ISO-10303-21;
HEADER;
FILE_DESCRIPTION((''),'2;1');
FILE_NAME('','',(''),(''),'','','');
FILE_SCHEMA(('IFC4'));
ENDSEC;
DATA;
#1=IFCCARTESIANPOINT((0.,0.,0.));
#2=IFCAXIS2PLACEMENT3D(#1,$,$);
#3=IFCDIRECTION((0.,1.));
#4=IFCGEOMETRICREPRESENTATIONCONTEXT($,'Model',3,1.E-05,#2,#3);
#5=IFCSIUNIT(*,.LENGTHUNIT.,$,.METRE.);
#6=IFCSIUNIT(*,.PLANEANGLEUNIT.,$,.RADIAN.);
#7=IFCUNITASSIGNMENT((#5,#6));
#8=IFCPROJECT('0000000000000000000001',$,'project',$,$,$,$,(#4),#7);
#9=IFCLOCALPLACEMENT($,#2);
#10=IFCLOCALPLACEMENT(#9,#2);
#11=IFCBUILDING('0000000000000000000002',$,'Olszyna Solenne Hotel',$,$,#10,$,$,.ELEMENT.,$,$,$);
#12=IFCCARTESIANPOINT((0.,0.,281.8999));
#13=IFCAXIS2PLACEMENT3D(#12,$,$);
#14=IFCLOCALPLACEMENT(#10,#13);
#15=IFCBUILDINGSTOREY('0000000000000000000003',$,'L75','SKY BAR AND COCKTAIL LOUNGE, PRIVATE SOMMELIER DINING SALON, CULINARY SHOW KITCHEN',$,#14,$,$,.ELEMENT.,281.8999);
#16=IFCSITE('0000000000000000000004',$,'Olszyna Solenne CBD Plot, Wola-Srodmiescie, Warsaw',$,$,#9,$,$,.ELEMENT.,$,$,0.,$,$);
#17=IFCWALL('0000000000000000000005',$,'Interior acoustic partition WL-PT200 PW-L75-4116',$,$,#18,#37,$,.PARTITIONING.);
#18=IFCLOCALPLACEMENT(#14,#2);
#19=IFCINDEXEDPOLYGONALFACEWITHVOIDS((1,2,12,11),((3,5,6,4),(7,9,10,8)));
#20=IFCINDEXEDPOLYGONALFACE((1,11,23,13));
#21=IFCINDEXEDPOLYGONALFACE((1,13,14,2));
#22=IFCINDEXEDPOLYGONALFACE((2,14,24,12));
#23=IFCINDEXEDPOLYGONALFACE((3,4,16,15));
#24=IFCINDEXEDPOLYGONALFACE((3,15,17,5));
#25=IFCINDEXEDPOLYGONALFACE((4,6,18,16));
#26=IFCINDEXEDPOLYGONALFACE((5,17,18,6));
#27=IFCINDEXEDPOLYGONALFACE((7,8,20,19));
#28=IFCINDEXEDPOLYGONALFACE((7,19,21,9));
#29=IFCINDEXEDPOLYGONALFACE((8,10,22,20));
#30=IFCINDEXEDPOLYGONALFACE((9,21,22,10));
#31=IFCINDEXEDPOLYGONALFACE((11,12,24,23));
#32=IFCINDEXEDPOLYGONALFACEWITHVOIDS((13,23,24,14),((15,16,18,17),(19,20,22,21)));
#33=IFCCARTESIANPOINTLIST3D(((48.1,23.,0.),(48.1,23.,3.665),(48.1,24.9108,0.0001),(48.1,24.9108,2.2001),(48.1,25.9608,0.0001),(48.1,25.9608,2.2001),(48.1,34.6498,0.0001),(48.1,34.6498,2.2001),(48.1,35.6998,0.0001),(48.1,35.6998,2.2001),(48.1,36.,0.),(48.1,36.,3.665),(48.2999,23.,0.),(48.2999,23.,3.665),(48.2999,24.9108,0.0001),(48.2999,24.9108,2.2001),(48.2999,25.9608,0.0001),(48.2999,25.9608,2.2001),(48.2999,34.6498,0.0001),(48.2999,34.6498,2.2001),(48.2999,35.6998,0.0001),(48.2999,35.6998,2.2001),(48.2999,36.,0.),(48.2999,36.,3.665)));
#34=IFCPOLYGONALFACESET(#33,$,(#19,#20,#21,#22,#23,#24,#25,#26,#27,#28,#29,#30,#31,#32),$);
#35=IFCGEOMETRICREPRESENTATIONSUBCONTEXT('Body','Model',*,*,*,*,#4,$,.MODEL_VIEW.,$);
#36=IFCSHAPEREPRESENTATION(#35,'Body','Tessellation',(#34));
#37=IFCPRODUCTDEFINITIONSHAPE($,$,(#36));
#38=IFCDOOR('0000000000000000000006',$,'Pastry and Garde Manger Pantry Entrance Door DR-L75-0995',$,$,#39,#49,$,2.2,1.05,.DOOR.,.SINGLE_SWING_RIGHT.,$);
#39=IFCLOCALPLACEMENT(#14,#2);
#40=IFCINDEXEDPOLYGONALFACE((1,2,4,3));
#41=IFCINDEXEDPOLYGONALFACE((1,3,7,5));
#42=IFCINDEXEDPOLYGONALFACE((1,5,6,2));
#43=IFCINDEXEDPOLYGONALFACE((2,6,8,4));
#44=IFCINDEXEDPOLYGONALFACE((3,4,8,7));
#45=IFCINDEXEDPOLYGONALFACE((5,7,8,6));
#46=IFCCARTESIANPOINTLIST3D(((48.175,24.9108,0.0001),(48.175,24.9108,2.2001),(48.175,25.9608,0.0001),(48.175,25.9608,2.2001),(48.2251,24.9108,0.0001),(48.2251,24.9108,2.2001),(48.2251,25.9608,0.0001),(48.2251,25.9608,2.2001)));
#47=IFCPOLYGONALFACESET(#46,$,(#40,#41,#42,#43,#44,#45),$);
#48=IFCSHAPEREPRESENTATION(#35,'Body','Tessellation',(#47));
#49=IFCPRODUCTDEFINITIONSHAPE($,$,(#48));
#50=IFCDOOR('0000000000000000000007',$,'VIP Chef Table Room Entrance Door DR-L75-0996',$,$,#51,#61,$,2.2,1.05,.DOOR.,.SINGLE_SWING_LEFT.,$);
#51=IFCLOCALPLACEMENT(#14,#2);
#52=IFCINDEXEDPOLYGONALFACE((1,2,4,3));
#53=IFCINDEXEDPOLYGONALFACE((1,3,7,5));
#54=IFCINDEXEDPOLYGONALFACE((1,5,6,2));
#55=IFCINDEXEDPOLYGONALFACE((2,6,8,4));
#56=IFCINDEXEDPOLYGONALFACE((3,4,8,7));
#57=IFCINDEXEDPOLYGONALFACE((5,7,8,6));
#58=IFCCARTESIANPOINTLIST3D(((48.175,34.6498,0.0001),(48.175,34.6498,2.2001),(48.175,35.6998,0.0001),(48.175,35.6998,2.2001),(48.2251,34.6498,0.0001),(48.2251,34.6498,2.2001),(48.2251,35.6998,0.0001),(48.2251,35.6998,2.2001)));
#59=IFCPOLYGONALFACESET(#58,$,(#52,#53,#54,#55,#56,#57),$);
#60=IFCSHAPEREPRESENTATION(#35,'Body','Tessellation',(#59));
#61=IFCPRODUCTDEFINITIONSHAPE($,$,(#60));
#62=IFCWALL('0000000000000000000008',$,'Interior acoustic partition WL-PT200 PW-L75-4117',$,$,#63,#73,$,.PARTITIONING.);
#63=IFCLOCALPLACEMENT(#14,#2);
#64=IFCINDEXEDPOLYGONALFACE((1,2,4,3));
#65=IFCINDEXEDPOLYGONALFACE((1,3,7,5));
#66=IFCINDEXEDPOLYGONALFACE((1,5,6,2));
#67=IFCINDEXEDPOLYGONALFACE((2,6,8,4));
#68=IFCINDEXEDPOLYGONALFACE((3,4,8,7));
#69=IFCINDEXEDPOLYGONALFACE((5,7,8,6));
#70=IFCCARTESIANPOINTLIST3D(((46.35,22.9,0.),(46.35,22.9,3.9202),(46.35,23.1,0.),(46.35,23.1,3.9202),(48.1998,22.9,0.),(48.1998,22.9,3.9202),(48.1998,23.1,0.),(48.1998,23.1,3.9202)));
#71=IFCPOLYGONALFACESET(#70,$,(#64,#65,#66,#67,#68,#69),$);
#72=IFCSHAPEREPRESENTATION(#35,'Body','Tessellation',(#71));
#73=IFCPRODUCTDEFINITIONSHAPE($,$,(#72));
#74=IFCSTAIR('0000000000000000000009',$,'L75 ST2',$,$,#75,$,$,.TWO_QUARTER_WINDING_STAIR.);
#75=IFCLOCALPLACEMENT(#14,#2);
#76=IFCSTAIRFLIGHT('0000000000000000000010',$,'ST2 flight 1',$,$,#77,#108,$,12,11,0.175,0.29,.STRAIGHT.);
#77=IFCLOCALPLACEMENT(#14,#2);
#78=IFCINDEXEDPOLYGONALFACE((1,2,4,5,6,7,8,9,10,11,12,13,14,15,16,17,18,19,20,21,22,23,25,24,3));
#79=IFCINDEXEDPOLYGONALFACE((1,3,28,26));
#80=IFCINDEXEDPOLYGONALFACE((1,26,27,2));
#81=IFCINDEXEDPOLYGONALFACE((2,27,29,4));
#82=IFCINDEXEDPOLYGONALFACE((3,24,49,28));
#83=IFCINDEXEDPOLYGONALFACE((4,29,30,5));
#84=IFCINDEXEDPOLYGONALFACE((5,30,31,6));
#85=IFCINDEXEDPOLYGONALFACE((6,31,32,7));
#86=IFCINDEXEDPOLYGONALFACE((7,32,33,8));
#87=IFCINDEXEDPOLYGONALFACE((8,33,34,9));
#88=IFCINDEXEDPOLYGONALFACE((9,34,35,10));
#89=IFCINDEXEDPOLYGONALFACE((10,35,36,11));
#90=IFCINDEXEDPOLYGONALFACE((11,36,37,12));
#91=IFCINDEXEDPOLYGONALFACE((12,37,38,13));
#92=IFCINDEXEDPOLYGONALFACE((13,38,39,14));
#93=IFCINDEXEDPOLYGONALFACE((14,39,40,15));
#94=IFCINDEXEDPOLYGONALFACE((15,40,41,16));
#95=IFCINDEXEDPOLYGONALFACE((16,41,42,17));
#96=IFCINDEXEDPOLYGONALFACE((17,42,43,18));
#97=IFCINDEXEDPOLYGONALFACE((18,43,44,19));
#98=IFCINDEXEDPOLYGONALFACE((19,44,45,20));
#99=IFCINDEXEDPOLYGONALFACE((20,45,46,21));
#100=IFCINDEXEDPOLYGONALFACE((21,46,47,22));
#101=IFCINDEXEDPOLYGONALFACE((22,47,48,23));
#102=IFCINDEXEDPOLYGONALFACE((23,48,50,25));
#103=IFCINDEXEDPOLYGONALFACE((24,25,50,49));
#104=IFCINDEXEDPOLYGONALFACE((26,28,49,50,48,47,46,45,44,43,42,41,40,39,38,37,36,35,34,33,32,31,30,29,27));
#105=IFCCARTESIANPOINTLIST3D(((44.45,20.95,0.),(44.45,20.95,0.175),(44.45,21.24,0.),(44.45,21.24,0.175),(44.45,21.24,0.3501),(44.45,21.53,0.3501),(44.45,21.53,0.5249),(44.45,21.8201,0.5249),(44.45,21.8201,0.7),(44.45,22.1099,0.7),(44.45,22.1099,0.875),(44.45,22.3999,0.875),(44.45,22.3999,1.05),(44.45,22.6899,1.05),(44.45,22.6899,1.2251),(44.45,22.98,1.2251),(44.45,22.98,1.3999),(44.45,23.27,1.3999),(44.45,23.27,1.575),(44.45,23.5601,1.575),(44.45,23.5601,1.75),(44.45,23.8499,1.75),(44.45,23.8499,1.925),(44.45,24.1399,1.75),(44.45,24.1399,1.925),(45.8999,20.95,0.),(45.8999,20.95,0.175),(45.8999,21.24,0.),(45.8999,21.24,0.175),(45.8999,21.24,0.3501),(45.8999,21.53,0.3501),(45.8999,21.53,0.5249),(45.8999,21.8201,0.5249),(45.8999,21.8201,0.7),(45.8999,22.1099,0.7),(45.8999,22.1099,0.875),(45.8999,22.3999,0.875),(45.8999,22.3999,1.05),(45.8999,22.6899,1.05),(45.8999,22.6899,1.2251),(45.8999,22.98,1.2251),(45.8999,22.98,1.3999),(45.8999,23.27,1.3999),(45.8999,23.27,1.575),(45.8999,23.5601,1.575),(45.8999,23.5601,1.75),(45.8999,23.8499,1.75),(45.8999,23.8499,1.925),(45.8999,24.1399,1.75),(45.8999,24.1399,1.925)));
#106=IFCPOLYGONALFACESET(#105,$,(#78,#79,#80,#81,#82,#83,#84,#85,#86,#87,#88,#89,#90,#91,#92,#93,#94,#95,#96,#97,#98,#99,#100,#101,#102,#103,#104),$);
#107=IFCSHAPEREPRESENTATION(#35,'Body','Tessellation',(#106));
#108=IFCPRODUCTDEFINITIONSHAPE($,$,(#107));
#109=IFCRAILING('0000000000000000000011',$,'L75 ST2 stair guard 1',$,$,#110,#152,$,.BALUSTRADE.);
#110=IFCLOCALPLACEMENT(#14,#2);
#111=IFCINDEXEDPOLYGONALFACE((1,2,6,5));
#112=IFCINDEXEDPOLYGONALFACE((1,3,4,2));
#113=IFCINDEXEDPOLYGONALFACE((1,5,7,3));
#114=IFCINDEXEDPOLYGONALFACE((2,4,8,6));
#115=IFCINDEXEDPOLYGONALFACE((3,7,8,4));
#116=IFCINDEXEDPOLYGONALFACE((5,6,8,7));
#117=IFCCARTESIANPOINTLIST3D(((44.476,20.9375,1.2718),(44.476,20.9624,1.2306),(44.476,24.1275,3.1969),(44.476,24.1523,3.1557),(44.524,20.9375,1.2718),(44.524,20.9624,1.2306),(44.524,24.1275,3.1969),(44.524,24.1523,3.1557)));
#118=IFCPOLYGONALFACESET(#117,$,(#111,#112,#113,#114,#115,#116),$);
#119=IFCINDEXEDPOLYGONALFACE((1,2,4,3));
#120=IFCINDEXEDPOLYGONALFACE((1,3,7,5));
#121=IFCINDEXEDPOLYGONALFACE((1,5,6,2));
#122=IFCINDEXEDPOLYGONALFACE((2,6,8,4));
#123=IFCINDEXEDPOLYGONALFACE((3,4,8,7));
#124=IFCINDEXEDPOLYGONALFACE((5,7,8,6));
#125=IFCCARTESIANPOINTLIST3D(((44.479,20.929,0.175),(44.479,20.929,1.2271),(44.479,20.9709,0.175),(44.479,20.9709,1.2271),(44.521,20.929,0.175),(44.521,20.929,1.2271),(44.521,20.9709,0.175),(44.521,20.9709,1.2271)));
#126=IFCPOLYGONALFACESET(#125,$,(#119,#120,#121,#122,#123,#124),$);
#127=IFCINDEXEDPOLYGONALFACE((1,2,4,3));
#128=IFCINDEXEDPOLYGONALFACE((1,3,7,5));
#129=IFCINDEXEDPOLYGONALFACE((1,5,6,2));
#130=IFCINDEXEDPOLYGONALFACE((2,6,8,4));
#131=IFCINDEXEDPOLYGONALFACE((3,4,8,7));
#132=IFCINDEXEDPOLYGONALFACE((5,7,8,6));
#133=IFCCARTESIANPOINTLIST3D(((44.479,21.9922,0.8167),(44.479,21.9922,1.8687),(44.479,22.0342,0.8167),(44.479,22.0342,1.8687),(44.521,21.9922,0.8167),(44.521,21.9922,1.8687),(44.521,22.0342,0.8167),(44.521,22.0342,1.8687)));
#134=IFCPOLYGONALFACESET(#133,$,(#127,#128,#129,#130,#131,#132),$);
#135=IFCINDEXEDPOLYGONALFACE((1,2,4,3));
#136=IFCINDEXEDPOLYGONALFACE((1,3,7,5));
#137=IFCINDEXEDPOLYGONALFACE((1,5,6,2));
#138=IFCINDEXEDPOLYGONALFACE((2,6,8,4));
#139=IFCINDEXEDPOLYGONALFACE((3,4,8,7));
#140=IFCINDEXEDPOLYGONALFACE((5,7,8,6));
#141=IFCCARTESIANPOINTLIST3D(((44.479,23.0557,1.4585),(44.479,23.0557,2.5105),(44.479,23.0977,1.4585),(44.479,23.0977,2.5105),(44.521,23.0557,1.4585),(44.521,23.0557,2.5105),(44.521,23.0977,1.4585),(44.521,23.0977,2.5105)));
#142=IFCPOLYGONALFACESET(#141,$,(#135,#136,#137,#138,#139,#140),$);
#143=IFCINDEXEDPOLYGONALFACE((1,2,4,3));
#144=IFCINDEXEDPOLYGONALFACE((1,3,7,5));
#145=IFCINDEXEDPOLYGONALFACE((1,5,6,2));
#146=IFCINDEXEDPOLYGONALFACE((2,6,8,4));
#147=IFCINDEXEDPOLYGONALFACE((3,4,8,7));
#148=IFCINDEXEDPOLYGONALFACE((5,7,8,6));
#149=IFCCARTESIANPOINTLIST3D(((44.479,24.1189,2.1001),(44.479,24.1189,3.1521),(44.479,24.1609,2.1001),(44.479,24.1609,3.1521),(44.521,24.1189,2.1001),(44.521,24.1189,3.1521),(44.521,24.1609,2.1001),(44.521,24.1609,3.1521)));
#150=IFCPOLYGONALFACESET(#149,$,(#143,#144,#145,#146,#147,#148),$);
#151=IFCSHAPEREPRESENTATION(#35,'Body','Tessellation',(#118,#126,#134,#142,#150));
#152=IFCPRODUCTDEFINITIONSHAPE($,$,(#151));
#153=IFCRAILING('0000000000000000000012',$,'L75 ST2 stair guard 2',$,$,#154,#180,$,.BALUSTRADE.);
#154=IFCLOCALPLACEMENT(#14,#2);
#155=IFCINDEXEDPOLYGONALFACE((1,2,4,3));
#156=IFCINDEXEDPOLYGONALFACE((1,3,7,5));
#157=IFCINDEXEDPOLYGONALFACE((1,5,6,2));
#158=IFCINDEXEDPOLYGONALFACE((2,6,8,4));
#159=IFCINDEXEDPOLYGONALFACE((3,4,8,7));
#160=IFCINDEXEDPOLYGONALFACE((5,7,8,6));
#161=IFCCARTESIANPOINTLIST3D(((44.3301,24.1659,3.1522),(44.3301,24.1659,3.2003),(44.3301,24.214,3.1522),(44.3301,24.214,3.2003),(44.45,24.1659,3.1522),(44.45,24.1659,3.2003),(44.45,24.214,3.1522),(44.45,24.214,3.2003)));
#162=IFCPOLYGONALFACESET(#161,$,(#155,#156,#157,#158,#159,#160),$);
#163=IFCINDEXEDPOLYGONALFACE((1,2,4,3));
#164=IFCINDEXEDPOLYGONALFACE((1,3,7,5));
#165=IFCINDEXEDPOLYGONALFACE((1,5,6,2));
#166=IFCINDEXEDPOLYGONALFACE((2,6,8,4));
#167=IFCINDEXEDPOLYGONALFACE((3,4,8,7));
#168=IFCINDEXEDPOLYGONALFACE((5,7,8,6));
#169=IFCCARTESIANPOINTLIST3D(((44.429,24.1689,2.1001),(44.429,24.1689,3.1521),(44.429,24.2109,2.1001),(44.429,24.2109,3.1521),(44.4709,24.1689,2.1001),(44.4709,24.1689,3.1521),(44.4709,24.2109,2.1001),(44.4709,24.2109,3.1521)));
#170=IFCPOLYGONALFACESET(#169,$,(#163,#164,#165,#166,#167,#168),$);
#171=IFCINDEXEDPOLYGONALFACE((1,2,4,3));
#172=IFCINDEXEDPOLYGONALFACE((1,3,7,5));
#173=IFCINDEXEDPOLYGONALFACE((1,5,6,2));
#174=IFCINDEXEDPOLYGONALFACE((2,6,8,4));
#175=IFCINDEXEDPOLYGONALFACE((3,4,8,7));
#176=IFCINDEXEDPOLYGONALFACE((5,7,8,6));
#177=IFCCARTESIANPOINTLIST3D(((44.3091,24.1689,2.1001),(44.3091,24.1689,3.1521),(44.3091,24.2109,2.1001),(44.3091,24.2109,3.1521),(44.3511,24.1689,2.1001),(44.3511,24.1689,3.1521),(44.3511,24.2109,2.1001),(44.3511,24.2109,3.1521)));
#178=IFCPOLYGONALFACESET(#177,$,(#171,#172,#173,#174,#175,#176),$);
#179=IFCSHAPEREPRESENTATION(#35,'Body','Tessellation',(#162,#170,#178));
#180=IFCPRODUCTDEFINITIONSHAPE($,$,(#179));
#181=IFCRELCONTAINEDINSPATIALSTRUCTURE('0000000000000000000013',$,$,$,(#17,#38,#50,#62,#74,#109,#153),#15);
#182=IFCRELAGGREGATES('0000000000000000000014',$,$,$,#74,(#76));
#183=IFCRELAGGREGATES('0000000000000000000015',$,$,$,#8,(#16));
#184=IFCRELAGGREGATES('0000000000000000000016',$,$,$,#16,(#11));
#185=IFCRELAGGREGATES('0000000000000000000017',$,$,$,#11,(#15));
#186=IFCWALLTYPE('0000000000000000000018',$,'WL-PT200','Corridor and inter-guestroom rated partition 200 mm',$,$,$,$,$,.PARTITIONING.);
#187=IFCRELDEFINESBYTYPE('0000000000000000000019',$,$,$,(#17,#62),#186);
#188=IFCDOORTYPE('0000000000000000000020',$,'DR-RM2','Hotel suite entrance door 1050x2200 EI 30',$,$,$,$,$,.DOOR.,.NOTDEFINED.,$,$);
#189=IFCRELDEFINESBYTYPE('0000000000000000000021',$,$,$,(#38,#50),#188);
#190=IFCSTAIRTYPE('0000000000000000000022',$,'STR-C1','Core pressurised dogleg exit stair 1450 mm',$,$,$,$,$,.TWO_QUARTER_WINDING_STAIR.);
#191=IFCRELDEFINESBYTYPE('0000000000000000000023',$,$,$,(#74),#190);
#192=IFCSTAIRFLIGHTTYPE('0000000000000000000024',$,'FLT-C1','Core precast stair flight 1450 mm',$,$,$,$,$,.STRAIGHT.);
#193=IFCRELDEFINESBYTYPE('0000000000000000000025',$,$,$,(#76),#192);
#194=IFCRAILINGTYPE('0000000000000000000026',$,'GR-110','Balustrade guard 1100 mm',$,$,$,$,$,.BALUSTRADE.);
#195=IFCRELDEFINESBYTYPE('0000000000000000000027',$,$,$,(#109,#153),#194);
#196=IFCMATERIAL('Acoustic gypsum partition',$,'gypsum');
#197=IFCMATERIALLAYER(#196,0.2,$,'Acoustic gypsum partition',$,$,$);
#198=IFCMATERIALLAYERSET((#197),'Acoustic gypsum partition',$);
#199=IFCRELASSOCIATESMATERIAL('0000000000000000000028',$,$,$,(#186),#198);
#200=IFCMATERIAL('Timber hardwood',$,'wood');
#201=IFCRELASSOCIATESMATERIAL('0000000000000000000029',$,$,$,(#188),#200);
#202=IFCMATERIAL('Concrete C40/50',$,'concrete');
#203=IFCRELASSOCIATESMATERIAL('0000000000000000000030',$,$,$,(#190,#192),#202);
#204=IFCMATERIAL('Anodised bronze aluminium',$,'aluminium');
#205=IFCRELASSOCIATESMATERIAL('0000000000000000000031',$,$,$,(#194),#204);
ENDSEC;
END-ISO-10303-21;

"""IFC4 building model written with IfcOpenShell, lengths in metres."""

from ifc_helpers import new_model, si_unit, direction, frame, frame_2d, origin, origin_2d, place, context, subcontext, project, spatial, polyline, rectangle, outline, extrude, source, transform, mapped, material, layer, layer_set, type_object, type_shapes, element, fill, aggregate, save


model = new_model("IFC4")

# Units and contexts
model_context = context("Model", 3, precision=1e-05, world=origin(), true_north=direction((0.0, 1.0)))
body_context = subcontext(model_context, "Body", "Model", "MODEL_VIEW")
ifc_project = project(units=[si_unit("LENGTHUNIT", "METRE"), si_unit("PLANEANGLEUNIT", "RADIAN")], contexts=[model_context])

# Site, building, storey
site_placement = place(None, origin())
site = spatial("IfcSite", under=ifc_project, at=site_placement, Name="Olszyna Solenne CBD Plot, Wola-Srodmiescie, Warsaw", CompositionType="ELEMENT", RefElevation=0.0)
building_placement = place(site_placement, origin())
building = spatial("IfcBuilding", under=site, at=building_placement, Name="Olszyna Solenne Hotel", CompositionType="ELEMENT")
storey_placement = place(building_placement, frame((0.0, 0.0, 281.8999)))
storey = spatial("IfcBuildingStorey", under=building, at=storey_placement, Name="L75", Description="SKY BAR AND COCKTAIL LOUNGE, PRIVATE SOMMELIER DINING SALON, CULINARY SHOW KITCHEN", CompositionType="ELEMENT", Elevation=281.8999)

# Shared definitions
ifc_material_1 = material(Name="Acoustic gypsum partition", Category="gypsum")
ifc_layer_1 = layer(ifc_material_1, 0.2, Name="Acoustic gypsum partition")
ifc_layer_set_1 = layer_set([ifc_layer_1], Name="Acoustic gypsum partition")
wall_type_1 = type_object("IfcWallType", Name="WL-PT200", Description="Corridor and inter-guestroom rated partition 200 mm", PredefinedType="PARTITIONING", material=ifc_layer_set_1)

# Wall, openings, doors
wall_1_placement = place(storey_placement, frame((48.2, 23.0, 0.0), z_axis=(0.0, 0.0, 1.0), x_axis=(0.0, 1.0, 0.0)))
wall_1 = element("IfcWall", 1, at=wall_1_placement, inside=storey, type_object=wall_type_1, Name="Interior acoustic partition WL-PT200 PW-L75-4116", PredefinedType="PARTITIONING", context=body_context, shape_type="SweptSolid", body=[
    extrude(rectangle(XDim=13.0, YDim=0.2, at=frame_2d((6.5, 0.0))), origin(), (0.0, 0.0, 1.0), 3.665),
])
opening_1_placement = place(wall_1_placement, frame((1.9109, 0.0, 0.0)))
opening_1 = element("IfcOpeningElement", 2, at=opening_1_placement, cuts=wall_1, PredefinedType="OPENING", context=body_context, shape_type="SweptSolid", body=[
    extrude(rectangle(XDim=1.05, YDim=2.2, at=frame_2d((0.5249, 1.1001))), frame((0.0, 0.1099, 0.0), z_axis=(0.0, -1.0, 0.0), x_axis=(1.0, 0.0, 0.0)), (0.0, 0.0, 1.0), 0.22),
])
opening_2_placement = place(wall_1_placement, frame((11.6499, 0.0, 0.0)))
opening_2 = element("IfcOpeningElement", 3, at=opening_2_placement, cuts=wall_1, PredefinedType="OPENING", context=body_context, shape_type="SweptSolid", body=[
    extrude(rectangle(XDim=1.05, YDim=2.2, at=frame_2d((0.5249, 1.1001))), frame((0.0, 0.1099, 0.0), z_axis=(0.0, -1.0, 0.0), x_axis=(1.0, 0.0, 0.0)), (0.0, 0.0, 1.0), 0.22),
])
ifc_material_2 = material(Name="Timber hardwood", Category="wood")
door_type_1 = type_object("IfcDoorType", Name="DR-RM2", Description="Hotel suite entrance door 1050x2200 EI 30", OperationType="NOTDEFINED", PredefinedType="DOOR", material=ifc_material_2)
shared_shape_1 = source(origin(), body_context, "Body", "SweptSolid", [
    extrude(rectangle(XDim=1.05, YDim=2.2, at=frame_2d((0.5249, 1.1001))), frame((0.0, 0.0249, 0.0), z_axis=(0.0, -1.0, 0.0), x_axis=(1.0, 0.0, 0.0)), (0.0, 0.0, 1.0), 0.05),
])
type_shapes(door_type_1, [shared_shape_1])
door_1_placement = place(opening_1_placement, origin())
door_1 = element("IfcDoor", 4, at=door_1_placement, inside=storey, type_object=door_type_1, Name="Pastry and Garde Manger Pantry Entrance Door DR-L75-0995", OperationType="SINGLE_SWING_RIGHT", OverallHeight=2.2, OverallWidth=1.05, PredefinedType="DOOR", context=body_context, shape_type="MappedRepresentation", body=[
    mapped(shared_shape_1, transform((0.0, 0.0, 0.0), x_axis=(1.0, 0.0, 0.0), y_axis=(0.0, 1.0, 0.0), z_axis=(0.0, 0.0, 1.0), scale=1.0)),
])
fill(opening_1, door_1)
door_2_placement = place(opening_2_placement, origin())
door_2 = element("IfcDoor", 5, at=door_2_placement, inside=storey, type_object=door_type_1, Name="VIP Chef Table Room Entrance Door DR-L75-0996", OperationType="SINGLE_SWING_LEFT", OverallHeight=2.2, OverallWidth=1.05, PredefinedType="DOOR", context=body_context, shape_type="MappedRepresentation", body=[
    mapped(shared_shape_1, transform((0.0, 0.0, 0.0), x_axis=(1.0, 0.0, 0.0), y_axis=(0.0, 1.0, 0.0), z_axis=(0.0, 0.0, 1.0), scale=1.0)),
])
fill(opening_2, door_2)

# Wall
wall_2_placement = place(storey_placement, frame((46.3501, 23.0, 0.0), z_axis=(0.0, 0.0, 1.0), x_axis=(1.0, 0.0, 0.0)))
element("IfcWall", 6, at=wall_2_placement, inside=storey, type_object=wall_type_1, Name="Interior acoustic partition WL-PT200 PW-L75-4117", PredefinedType="PARTITIONING", context=body_context, shape_type="SweptSolid", body=[
    extrude(rectangle(XDim=1.8499, YDim=0.2, at=frame_2d((0.9248, 0.0))), origin(), (0.0, 0.0, 1.0), 3.9202),
])

# Stair, stair flight
ifc_material_3 = material(Name="Concrete C40/50", Category="concrete")
stair_type = type_object("IfcStairType", Name="STR-C1", Description="Core pressurised dogleg exit stair 1450 mm", PredefinedType="TWO_QUARTER_WINDING_STAIR", material=ifc_material_3)
stair_placement = place(storey_placement, origin())
stair = element("IfcStair", 7, at=stair_placement, inside=storey, type_object=stair_type, Name="L75 ST2", PredefinedType="TWO_QUARTER_WINDING_STAIR")
stair_flight_type = type_object("IfcStairFlightType", Name="FLT-C1", Description="Core precast stair flight 1450 mm", PredefinedType="STRAIGHT", material=ifc_material_3)
stair_flight_placement = place(storey_placement, frame((45.175, 20.95, 0.0), z_axis=(0.0, 0.0, 1.0), x_axis=(0.0, 1.0, 0.0)))
stair_flight = element("IfcStairFlight", 8, at=stair_flight_placement, type_object=stair_flight_type, Name="ST2 flight 1", NumberOfRisers=12, NumberOfTreads=11, PredefinedType="STRAIGHT", RiserHeight=0.175, TreadLength=0.29, context=body_context, shape_type="SweptSolid", body=[
    extrude(outline(polyline([(0.0, 0.0), (0.0, 0.175), (0.29, 0.175), (0.29, 0.3501), (0.5801, 0.3501), (0.5801, 0.5249), (0.8701, 0.5249), (0.8701, 0.7), (1.1599, 0.7), (1.1599, 0.875), (1.45, 0.875), (1.45, 1.05), (1.74, 1.05), (1.74, 1.2251), (2.03, 1.2251), (2.03, 1.3999), (2.3201, 1.3999), (2.3201, 1.575), (2.6101, 1.575), (2.6101, 1.75), (2.8999, 1.75), (2.8999, 1.925), (3.1899, 1.925), (3.1899, 2.1001), (3.1899, 1.75), (0.29, 0.0), (0.0, 0.0)])), frame((0.0, 0.7251, 0.0), z_axis=(0.0, -1.0, 0.0), x_axis=(1.0, 0.0, 0.0)), (0.0, 0.0, 1.0), 1.45),
])
aggregate(stair, [stair_flight])

# Railings
ifc_material_4 = material(Name="Anodised bronze aluminium", Category="aluminium")
railing_type_1 = type_object("IfcRailingType", Name="GR-110", Description="Balustrade guard 1100 mm", PredefinedType="BALUSTRADE", material=ifc_material_4)
railing_1_placement = place(storey_placement, frame((44.5, 20.95, 0.175)))
element("IfcRailing", 9, at=railing_1_placement, inside=storey, type_object=railing_type_1, Name="L75 ST2 stair guard 1", PredefinedType="BALUSTRADE", context=body_context, shape_type="SweptSolid", body=[
    extrude(rectangle(XDim=0.0481, YDim=0.0481, at=origin_2d()), frame((0.0, 0.0, 1.0762), z_axis=(0.0, 0.856178, 0.516682), x_axis=(-1.0, 0.0, 0.0)), (0.0, 0.0, 1.0), 3.7258),
    extrude(rectangle(XDim=0.042, YDim=0.042, at=origin_2d()), origin(), (0.0, 0.0, 1.0), 1.052),
    extrude(rectangle(XDim=0.042, YDim=0.042, at=origin_2d()), frame((0.0, 1.0632, 0.6416)), (0.0, 0.0, 1.0), 1.052),
    extrude(rectangle(XDim=0.042, YDim=0.042, at=origin_2d()), frame((0.0, 2.1267, 1.2834)), (0.0, 0.0, 1.0), 1.052),
    extrude(rectangle(XDim=0.042, YDim=0.042, at=origin_2d()), frame((0.0, 3.1899, 1.925)), (0.0, 0.0, 1.0), 1.052),
])
for number, where, name in (
    (10, (44.45, 24.1899, 2.1001), "L75 ST2 stair guard 2"),
):
    element("IfcRailing", number, at=place(storey_placement, frame(where)), inside=storey, type_object=railing_type_1, Name=name, PredefinedType="BALUSTRADE", context=body_context, shape_type="SweptSolid", body=[
        extrude(rectangle(XDim=0.0481, YDim=0.0481, at=origin_2d()), frame((0.0, 0.0, 1.0762), z_axis=(-1.0, 0.0, 0.0), x_axis=(0.0, -1.0, 0.0)), (0.0, 0.0, 1.0), 0.1199),
        extrude(rectangle(XDim=0.042, YDim=0.042, at=origin_2d()), origin(), (0.0, 0.0, 1.0), 1.052),
        extrude(rectangle(XDim=0.042, YDim=0.042, at=origin_2d()), frame((-0.1199, 0.0, 0.0)), (0.0, 0.0, 1.0), 1.052),
    ])

save(model, "model.ifc")
